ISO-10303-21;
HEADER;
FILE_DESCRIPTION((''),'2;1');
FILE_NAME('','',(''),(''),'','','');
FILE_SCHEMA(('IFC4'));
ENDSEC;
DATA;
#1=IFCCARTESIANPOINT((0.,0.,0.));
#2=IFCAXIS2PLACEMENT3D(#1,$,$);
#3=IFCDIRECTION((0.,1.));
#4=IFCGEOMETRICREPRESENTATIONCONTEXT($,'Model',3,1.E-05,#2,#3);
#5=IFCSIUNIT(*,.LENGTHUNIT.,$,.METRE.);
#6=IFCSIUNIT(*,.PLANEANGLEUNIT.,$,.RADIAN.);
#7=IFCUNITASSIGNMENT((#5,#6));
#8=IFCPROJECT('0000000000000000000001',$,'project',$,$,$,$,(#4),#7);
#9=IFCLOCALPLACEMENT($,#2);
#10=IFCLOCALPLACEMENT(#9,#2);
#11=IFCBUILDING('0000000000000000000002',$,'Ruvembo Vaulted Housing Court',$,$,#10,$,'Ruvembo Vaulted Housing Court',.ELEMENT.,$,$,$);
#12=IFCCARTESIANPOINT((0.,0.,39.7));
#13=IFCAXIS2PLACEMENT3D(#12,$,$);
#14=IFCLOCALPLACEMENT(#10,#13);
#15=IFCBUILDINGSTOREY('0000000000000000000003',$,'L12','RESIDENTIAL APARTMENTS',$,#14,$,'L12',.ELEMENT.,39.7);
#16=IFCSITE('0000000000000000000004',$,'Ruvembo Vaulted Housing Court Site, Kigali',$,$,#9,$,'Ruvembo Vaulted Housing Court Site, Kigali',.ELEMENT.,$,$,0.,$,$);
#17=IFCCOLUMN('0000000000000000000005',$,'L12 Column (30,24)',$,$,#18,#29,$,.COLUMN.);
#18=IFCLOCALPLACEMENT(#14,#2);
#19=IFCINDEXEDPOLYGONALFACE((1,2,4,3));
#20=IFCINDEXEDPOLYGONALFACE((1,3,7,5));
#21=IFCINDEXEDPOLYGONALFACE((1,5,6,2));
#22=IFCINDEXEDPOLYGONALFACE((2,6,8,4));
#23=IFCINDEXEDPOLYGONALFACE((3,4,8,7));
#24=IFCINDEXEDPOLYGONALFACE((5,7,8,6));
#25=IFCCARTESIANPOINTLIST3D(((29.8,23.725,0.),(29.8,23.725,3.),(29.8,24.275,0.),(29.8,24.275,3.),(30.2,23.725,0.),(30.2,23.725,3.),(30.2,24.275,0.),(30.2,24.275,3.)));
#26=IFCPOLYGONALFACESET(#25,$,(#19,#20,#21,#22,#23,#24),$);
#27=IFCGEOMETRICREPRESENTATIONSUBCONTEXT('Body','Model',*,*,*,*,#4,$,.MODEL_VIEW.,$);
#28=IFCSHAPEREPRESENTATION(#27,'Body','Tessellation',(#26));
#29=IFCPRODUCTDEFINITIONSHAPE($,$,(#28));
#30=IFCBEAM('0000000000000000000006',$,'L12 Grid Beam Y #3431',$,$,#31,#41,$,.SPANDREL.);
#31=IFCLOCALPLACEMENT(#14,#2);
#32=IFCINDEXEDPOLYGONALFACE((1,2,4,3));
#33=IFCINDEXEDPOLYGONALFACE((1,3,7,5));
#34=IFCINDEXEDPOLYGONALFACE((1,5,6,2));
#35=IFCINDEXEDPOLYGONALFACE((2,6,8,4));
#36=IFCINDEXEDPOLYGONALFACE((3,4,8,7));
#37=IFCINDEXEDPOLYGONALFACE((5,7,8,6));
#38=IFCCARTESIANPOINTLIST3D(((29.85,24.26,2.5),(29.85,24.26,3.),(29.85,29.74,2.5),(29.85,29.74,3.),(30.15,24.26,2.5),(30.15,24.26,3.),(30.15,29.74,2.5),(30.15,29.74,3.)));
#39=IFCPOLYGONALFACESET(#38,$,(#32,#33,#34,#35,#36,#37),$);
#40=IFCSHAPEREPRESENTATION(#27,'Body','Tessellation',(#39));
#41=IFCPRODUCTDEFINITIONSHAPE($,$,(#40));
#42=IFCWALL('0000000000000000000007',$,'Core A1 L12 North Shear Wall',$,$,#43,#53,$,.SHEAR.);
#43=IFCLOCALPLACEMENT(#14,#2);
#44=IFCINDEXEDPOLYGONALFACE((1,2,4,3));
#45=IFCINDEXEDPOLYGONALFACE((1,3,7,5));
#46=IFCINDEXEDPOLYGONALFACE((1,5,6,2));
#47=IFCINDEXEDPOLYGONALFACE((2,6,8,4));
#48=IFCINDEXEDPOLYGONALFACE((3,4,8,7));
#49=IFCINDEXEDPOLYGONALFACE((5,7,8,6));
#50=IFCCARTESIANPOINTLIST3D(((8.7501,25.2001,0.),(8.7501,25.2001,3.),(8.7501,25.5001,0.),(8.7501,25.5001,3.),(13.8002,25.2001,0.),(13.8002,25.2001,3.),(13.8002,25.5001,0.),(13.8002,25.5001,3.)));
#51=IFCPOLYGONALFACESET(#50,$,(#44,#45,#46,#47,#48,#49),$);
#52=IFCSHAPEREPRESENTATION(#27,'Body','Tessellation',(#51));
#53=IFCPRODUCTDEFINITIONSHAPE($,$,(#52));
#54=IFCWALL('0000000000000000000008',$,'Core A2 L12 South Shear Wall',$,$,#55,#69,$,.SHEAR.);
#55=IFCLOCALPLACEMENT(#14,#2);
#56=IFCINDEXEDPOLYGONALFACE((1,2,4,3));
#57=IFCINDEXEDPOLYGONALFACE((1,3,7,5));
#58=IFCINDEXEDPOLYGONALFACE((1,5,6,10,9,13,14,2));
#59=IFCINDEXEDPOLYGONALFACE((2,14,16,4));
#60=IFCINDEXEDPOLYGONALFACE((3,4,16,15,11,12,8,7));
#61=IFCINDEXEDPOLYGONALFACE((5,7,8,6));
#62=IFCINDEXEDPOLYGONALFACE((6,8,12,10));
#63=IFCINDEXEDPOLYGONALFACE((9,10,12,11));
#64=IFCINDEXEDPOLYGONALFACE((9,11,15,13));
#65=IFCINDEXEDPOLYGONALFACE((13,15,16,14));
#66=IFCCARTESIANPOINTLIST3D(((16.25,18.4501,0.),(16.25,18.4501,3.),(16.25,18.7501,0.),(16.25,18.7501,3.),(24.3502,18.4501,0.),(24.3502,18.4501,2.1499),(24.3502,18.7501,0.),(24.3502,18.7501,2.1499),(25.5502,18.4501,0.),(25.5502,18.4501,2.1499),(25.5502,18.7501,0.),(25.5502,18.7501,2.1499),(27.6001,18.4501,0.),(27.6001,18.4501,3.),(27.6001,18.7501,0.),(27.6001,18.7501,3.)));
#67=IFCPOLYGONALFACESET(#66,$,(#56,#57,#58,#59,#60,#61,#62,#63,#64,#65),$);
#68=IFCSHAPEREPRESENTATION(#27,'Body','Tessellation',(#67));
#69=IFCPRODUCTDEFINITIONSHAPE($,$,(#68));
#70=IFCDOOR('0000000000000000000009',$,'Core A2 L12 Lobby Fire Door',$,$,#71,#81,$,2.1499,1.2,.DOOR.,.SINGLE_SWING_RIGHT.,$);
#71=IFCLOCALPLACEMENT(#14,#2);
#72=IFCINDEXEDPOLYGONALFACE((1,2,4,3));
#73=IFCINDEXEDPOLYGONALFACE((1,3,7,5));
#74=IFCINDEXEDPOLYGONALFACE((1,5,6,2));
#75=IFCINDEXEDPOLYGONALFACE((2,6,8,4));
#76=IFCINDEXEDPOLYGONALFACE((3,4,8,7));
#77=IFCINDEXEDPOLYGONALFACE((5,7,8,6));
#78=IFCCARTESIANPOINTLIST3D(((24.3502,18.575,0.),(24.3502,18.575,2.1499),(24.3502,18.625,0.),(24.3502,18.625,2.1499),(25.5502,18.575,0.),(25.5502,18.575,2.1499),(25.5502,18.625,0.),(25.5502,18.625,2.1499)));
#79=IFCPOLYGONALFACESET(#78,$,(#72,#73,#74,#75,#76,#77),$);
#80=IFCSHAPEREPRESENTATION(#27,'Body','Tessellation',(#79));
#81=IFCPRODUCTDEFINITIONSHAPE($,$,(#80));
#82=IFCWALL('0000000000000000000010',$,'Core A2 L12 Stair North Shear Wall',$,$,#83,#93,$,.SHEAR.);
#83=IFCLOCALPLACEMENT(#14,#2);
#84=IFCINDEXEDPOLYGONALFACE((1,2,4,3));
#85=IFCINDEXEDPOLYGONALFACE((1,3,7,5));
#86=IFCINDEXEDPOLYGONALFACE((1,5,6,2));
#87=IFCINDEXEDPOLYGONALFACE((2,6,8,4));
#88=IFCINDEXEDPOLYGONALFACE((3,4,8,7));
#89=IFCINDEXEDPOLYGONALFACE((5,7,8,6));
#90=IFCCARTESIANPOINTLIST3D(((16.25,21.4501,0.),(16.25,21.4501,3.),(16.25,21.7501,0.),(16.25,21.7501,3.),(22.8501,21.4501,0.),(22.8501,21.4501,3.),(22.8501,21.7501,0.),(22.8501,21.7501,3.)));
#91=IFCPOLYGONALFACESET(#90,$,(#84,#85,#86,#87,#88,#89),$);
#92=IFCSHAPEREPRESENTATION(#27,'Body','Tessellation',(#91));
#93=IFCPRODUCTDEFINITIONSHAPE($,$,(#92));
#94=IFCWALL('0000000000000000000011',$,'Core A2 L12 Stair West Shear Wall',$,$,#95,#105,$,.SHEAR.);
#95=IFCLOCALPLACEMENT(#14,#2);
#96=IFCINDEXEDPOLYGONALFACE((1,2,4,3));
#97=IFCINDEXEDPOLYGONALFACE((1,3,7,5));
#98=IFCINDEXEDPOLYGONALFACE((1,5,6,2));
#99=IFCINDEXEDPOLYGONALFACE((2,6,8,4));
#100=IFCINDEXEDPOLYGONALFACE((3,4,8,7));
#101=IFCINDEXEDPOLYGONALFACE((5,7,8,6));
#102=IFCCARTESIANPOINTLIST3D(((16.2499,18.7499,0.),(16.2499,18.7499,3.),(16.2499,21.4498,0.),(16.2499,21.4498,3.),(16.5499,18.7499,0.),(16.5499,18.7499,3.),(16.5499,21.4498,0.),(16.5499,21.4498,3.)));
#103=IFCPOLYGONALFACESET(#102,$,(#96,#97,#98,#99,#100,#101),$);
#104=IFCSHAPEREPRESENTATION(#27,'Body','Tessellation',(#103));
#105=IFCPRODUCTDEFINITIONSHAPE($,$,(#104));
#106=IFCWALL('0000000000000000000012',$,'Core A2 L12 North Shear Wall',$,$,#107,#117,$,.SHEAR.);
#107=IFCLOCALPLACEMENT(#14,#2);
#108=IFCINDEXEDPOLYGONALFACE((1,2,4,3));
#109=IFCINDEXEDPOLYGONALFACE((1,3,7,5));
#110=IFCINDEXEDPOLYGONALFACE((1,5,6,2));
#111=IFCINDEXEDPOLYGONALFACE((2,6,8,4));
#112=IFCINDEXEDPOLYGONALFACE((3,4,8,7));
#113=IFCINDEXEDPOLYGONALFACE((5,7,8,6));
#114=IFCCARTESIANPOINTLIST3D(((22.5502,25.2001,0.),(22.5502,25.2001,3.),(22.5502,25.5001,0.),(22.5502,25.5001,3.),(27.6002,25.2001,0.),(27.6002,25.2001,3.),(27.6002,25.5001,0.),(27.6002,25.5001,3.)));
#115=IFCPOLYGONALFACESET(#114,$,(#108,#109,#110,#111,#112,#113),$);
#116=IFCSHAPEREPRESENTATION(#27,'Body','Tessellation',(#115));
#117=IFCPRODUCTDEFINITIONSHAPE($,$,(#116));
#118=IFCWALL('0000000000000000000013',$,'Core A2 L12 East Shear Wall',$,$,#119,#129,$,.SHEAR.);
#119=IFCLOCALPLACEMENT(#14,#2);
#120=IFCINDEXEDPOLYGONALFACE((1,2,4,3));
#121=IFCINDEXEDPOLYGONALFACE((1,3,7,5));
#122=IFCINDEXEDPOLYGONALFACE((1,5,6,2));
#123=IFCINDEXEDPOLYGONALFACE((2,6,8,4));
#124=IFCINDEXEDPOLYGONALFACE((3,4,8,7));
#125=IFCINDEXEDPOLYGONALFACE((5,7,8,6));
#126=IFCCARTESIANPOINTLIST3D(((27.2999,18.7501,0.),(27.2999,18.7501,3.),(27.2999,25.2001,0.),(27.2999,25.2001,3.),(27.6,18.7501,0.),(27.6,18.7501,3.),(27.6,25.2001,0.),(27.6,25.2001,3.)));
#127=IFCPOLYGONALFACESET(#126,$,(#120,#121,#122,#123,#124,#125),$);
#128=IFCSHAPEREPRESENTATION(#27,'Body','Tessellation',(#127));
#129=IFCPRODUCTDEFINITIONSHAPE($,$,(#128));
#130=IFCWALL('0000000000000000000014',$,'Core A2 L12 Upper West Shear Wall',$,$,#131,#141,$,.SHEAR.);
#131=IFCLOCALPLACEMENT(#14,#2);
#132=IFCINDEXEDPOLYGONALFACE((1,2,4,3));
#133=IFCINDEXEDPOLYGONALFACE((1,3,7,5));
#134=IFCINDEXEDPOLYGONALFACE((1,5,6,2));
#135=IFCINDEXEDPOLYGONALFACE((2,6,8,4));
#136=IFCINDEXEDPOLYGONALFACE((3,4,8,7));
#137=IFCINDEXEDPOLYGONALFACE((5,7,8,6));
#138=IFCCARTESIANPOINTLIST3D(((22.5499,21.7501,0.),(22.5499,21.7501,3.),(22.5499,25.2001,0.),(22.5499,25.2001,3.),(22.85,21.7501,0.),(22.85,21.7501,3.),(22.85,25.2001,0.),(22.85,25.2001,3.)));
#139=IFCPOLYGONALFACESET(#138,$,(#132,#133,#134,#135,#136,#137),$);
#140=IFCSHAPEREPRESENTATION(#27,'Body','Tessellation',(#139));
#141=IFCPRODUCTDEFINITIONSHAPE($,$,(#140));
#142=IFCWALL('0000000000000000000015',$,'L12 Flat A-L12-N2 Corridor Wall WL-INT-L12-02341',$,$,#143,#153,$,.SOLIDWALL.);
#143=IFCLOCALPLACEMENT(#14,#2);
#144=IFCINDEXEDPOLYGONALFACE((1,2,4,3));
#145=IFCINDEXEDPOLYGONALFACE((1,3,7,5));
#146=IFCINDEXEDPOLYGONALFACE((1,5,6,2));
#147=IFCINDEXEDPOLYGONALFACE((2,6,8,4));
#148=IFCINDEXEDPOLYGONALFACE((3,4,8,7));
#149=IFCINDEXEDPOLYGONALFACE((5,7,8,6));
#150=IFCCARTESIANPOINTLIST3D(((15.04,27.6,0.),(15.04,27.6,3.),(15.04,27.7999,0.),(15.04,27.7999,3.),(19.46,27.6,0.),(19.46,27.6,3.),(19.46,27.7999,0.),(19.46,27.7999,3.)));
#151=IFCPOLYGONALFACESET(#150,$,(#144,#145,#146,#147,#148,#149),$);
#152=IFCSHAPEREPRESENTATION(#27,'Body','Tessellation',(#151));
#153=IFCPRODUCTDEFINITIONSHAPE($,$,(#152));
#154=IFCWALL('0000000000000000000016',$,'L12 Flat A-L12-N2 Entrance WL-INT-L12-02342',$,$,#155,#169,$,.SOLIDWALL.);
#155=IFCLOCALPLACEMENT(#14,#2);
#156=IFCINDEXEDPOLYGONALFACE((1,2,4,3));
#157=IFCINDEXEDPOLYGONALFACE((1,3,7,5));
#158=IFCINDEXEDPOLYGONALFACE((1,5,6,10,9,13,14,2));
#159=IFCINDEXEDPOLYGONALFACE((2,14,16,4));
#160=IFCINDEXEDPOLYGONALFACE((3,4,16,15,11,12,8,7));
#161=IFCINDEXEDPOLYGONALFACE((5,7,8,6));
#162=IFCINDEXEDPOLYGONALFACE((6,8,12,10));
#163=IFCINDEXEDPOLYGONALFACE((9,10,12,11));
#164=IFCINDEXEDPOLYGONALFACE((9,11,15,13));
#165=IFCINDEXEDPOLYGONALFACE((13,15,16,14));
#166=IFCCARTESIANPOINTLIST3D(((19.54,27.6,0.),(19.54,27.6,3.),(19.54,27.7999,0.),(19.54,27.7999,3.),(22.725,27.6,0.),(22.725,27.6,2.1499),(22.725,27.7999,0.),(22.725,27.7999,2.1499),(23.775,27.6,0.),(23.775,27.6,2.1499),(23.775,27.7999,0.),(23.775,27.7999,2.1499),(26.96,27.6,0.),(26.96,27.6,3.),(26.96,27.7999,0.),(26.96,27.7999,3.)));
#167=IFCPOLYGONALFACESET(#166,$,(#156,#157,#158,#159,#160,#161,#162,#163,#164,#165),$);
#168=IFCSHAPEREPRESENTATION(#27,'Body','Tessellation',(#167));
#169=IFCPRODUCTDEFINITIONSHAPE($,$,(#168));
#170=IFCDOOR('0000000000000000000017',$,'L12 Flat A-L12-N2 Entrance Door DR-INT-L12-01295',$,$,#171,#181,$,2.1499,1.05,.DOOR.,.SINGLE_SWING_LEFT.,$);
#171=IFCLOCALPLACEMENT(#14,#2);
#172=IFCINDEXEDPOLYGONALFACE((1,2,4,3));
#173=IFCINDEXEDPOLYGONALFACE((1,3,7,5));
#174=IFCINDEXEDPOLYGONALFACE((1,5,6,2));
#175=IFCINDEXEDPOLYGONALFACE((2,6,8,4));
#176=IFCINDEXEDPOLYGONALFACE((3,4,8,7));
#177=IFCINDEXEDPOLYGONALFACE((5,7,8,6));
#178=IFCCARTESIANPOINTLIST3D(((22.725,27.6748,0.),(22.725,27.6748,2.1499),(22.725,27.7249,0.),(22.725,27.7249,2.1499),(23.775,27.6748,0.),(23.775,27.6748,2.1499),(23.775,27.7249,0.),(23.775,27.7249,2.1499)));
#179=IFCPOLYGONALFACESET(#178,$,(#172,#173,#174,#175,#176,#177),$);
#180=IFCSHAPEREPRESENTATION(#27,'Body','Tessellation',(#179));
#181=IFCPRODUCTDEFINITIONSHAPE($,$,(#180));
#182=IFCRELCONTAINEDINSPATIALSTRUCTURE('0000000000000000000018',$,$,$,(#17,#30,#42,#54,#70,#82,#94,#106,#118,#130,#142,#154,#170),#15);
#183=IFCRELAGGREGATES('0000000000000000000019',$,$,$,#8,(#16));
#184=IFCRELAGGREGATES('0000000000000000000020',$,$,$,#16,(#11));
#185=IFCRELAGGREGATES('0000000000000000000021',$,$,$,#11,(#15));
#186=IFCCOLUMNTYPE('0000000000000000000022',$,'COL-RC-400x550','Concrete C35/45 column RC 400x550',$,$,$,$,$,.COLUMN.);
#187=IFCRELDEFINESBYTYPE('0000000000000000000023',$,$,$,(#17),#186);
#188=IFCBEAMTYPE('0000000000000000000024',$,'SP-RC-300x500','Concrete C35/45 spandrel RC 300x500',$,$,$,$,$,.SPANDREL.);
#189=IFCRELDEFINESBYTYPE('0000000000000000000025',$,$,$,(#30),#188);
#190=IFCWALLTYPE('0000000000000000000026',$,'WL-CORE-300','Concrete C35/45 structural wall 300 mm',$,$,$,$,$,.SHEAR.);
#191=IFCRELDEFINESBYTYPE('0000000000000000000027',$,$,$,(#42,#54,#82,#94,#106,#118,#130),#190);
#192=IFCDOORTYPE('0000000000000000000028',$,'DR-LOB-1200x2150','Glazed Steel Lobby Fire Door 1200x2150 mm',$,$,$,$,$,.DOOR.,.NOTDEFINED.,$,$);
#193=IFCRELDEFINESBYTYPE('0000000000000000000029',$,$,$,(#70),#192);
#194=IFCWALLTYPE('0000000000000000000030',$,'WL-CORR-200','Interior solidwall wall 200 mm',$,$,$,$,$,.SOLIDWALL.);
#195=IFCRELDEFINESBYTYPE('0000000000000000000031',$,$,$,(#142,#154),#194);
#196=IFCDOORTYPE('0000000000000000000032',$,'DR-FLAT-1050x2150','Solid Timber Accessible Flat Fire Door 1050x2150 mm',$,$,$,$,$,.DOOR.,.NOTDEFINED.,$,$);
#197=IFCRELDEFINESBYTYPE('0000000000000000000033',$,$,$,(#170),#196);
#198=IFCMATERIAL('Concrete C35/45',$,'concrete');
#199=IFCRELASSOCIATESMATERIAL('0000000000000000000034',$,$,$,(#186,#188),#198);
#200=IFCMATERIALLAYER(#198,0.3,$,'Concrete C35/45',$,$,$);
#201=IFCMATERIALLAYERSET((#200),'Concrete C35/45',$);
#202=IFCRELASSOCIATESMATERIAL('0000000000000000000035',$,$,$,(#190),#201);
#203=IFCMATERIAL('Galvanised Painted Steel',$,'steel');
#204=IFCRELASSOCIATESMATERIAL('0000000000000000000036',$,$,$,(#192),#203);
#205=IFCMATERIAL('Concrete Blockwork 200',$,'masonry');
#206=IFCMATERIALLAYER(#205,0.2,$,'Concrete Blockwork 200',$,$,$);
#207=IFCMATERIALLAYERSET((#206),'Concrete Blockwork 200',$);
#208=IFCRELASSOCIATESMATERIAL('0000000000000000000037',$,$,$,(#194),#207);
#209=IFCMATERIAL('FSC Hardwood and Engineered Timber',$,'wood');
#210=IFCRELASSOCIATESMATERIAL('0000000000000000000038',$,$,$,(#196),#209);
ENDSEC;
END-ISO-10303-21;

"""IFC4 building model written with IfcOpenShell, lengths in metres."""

from ifc_helpers import new_model, si_unit, direction, frame, frame_2d, origin, origin_2d, place, context, subcontext, project, spatial, rectangle, extrude, material, layer, layer_set, material_profile, profile_set, type_object, element, fill, save


model = new_model("IFC4")

# Units and contexts
model_context = context("Model", 3, precision=1e-05, world=origin(), true_north=direction((0.0, 1.0)))
body_context = subcontext(model_context, "Body", "Model", "MODEL_VIEW")
ifc_project = project(units=[si_unit("LENGTHUNIT", "METRE"), si_unit("PLANEANGLEUNIT", "RADIAN")], contexts=[model_context])

# Site, building, storey
site_placement = place(None, origin())
site = spatial("IfcSite", under=ifc_project, at=site_placement, Name="Ruvembo Vaulted Housing Court Site, Kigali", LongName="Ruvembo Vaulted Housing Court Site, Kigali", CompositionType="ELEMENT", RefElevation=0.0)
building_placement = place(site_placement, origin())
building = spatial("IfcBuilding", under=site, at=building_placement, Name="Ruvembo Vaulted Housing Court", LongName="Ruvembo Vaulted Housing Court", CompositionType="ELEMENT")
storey_placement = place(building_placement, frame((0.0, 0.0, 39.7)))
storey = spatial("IfcBuildingStorey", under=building, at=storey_placement, Name="L12", Description="RESIDENTIAL APARTMENTS", LongName="L12", CompositionType="ELEMENT", Elevation=39.7)

# Column
ifc_material_1 = material(Name="Concrete C35/45", Category="concrete")
ifc_material_profile_1 = material_profile(ifc_material_1, rectangle(XDim=0.3999, YDim=0.55, at=origin_2d()), Name="RC 400x550")
ifc_profile_set_1 = profile_set([ifc_material_profile_1], Name="Concrete C35/45")
column_type = type_object("IfcColumnType", Name="COL-RC-400x550", Description="Concrete C35/45 column RC 400x550", PredefinedType="COLUMN", material=ifc_profile_set_1)
column_placement = place(storey_placement, frame((30.0, 24.0, 0.0), z_axis=(0.0, 0.0, 1.0), x_axis=(1.0, 0.0, 0.0)))
element("IfcColumn", 1, at=column_placement, inside=storey, type_object=column_type, Name="L12 Column (30,24)", PredefinedType="COLUMN", context=body_context, shape_type="SweptSolid", body=[
    extrude(rectangle(XDim=0.3999, YDim=0.55, at=origin_2d()), origin(), (0.0, 0.0, 1.0), 3.0),
])

# Beam
ifc_material_profile_2 = material_profile(ifc_material_1, rectangle(XDim=0.3, YDim=0.5, at=origin_2d()), Name="RC 300x500")
ifc_profile_set_2 = profile_set([ifc_material_profile_2], Name="Concrete C35/45")
beam_type = type_object("IfcBeamType", Name="SP-RC-300x500", Description="Concrete C35/45 spandrel RC 300x500", PredefinedType="SPANDREL", material=ifc_profile_set_2)
beam_placement = place(storey_placement, frame((30.0, 24.26, 2.75), z_axis=(0.0, 1.0, 0.0), x_axis=(-1.0, 0.0, 0.0)))
element("IfcBeam", 2, at=beam_placement, inside=storey, type_object=beam_type, Name="L12 Grid Beam Y #3431", PredefinedType="SPANDREL", context=body_context, shape_type="SweptSolid", body=[
    extrude(rectangle(XDim=0.3, YDim=0.5, at=origin_2d()), origin(), (0.0, 0.0, 1.0), 5.48),
])

# Wall
ifc_layer_1 = layer(ifc_material_1, 0.3, Name="Concrete C35/45")
ifc_layer_set_1 = layer_set([ifc_layer_1], Name="Concrete C35/45")
wall_type_1 = type_object("IfcWallType", Name="WL-CORE-300", Description="Concrete C35/45 structural wall 300 mm", PredefinedType="SHEAR", material=ifc_layer_set_1)
wall_1_placement = place(storey_placement, frame((13.8, 25.3501, 0.0), z_axis=(0.0, 0.0, 1.0), x_axis=(-1.0, 0.0, 0.0)))
element("IfcWall", 3, at=wall_1_placement, inside=storey, type_object=wall_type_1, Name="Core A1 L12 North Shear Wall", PredefinedType="SHEAR", context=body_context, shape_type="SweptSolid", body=[
    extrude(rectangle(XDim=5.05, YDim=0.3, at=frame_2d((2.5249, 0.0))), origin(), (0.0, 0.0, 1.0), 3.0),
])

# Wall, opening, door
wall_2_placement = place(storey_placement, frame((16.25, 18.6001, 0.0), z_axis=(0.0, 0.0, 1.0), x_axis=(1.0, 0.0, 0.0)))
wall_2 = element("IfcWall", 4, at=wall_2_placement, inside=storey, type_object=wall_type_1, Name="Core A2 L12 South Shear Wall", PredefinedType="SHEAR", context=body_context, shape_type="SweptSolid", body=[
    extrude(rectangle(XDim=11.3501, YDim=0.3, at=frame_2d((5.675, 0.0))), origin(), (0.0, 0.0, 1.0), 3.0),
])
opening_1_placement = place(wall_2_placement, frame((8.1001, 0.0, 0.0)))
opening_1 = element("IfcOpeningElement", 5, at=opening_1_placement, cuts=wall_2, PredefinedType="OPENING", context=body_context, shape_type="SweptSolid", body=[
    extrude(rectangle(XDim=1.2, YDim=2.1499, at=frame_2d((0.6001, 1.075))), frame((0.0, 0.1599, 0.0), z_axis=(0.0, -1.0, 0.0), x_axis=(1.0, 0.0, 0.0)), (0.0, 0.0, 1.0), 0.3201),
])
ifc_material_2 = material(Name="Galvanised Painted Steel", Category="steel")
door_type_1 = type_object("IfcDoorType", Name="DR-LOB-1200x2150", Description="Glazed Steel Lobby Fire Door 1200x2150 mm", OperationType="NOTDEFINED", PredefinedType="DOOR", material=ifc_material_2)
door_1_placement = place(opening_1_placement, origin())
door_1 = element("IfcDoor", 6, at=door_1_placement, inside=storey, type_object=door_type_1, Name="Core A2 L12 Lobby Fire Door", OperationType="SINGLE_SWING_RIGHT", OverallHeight=2.1499, OverallWidth=1.2, PredefinedType="DOOR", context=body_context, shape_type="SweptSolid", body=[
    extrude(rectangle(XDim=1.2, YDim=2.1499, at=frame_2d((0.6001, 1.075))), frame((0.0, 0.0249, 0.0), z_axis=(0.0, -1.0, 0.0), x_axis=(1.0, 0.0, 0.0)), (0.0, 0.0, 1.0), 0.05),
])
fill(opening_1, door_1)

# Walls
wall_3_placement = place(storey_placement, frame((22.8501, 21.6001, 0.0), z_axis=(0.0, 0.0, 1.0), x_axis=(-1.0, 0.0, 0.0)))
element("IfcWall", 7, at=wall_3_placement, inside=storey, type_object=wall_type_1, Name="Core A2 L12 Stair North Shear Wall", PredefinedType="SHEAR", context=body_context, shape_type="SweptSolid", body=[
    extrude(rectangle(XDim=6.6001, YDim=0.3, at=frame_2d((3.3, 0.0))), origin(), (0.0, 0.0, 1.0), 3.0),
])
wall_4_placement = place(storey_placement, frame((16.3999, 21.45, 0.0), z_axis=(0.0, 0.0, 1.0), x_axis=(0.0, -1.0, 0.0)))
element("IfcWall", 8, at=wall_4_placement, inside=storey, type_object=wall_type_1, Name="Core A2 L12 Stair West Shear Wall", PredefinedType="SHEAR", context=body_context, shape_type="SweptSolid", body=[
    extrude(rectangle(XDim=2.7, YDim=0.3, at=frame_2d((1.3501, 0.0))), origin(), (0.0, 0.0, 1.0), 3.0),
])

# Walls
wall_5_placement = place(storey_placement, frame((27.6001, 25.3501, 0.0), z_axis=(0.0, 0.0, 1.0), x_axis=(-1.0, 0.0, 0.0)))
element("IfcWall", 9, at=wall_5_placement, inside=storey, type_object=wall_type_1, Name="Core A2 L12 North Shear Wall", PredefinedType="SHEAR", context=body_context, shape_type="SweptSolid", body=[
    extrude(rectangle(XDim=5.05, YDim=0.3, at=frame_2d((2.5249, 0.0))), origin(), (0.0, 0.0, 1.0), 3.0),
])
wall_6_placement = place(storey_placement, frame((27.45, 18.75, 0.0), z_axis=(0.0, 0.0, 1.0), x_axis=(0.0, 1.0, 0.0)))
element("IfcWall", 10, at=wall_6_placement, inside=storey, type_object=wall_type_1, Name="Core A2 L12 East Shear Wall", PredefinedType="SHEAR", context=body_context, shape_type="SweptSolid", body=[
    extrude(rectangle(XDim=6.45, YDim=0.3, at=frame_2d((3.2251, 0.0))), origin(), (0.0, 0.0, 1.0), 3.0),
])
wall_7_placement = place(storey_placement, frame((22.7, 21.75, 0.0), z_axis=(0.0, 0.0, 1.0), x_axis=(0.0, 1.0, 0.0)))
element("IfcWall", 11, at=wall_7_placement, inside=storey, type_object=wall_type_1, Name="Core A2 L12 Upper West Shear Wall", PredefinedType="SHEAR", context=body_context, shape_type="SweptSolid", body=[
    extrude(rectangle(XDim=3.45, YDim=0.3, at=frame_2d((1.7251, 0.0))), origin(), (0.0, 0.0, 1.0), 3.0),
])
ifc_material_3 = material(Name="Concrete Blockwork 200", Category="masonry")
ifc_layer_2 = layer(ifc_material_3, 0.2, Name="Concrete Blockwork 200")
ifc_layer_set_2 = layer_set([ifc_layer_2], Name="Concrete Blockwork 200")
wall_type_2 = type_object("IfcWallType", Name="WL-CORR-200", Description="Interior solidwall wall 200 mm", PredefinedType="SOLIDWALL", material=ifc_layer_set_2)
wall_8_placement = place(storey_placement, frame((15.04, 27.7, 0.0), z_axis=(0.0, 0.0, 1.0), x_axis=(1.0, 0.0, 0.0)))
element("IfcWall", 12, at=wall_8_placement, inside=storey, type_object=wall_type_2, Name="L12 Flat A-L12-N2 Corridor Wall WL-INT-L12-02341", PredefinedType="SOLIDWALL", context=body_context, shape_type="SweptSolid", body=[
    extrude(rectangle(XDim=4.4199, YDim=0.2, at=frame_2d((2.21, 0.0))), origin(), (0.0, 0.0, 1.0), 3.0),
])

# Wall, opening, door
wall_9_placement = place(storey_placement, frame((19.54, 27.7, 0.0), z_axis=(0.0, 0.0, 1.0), x_axis=(1.0, 0.0, 0.0)))
wall_9 = element("IfcWall", 13, at=wall_9_placement, inside=storey, type_object=wall_type_2, Name="L12 Flat A-L12-N2 Entrance WL-INT-L12-02342", PredefinedType="SOLIDWALL", context=body_context, shape_type="SweptSolid", body=[
    extrude(rectangle(XDim=7.4199, YDim=0.2, at=frame_2d((3.71, 0.0))), origin(), (0.0, 0.0, 1.0), 3.0),
])
opening_2_placement = place(wall_9_placement, frame((3.1851, 0.0, 0.0)))
opening_2 = element("IfcOpeningElement", 14, at=opening_2_placement, cuts=wall_9, PredefinedType="OPENING", context=body_context, shape_type="SweptSolid", body=[
    extrude(rectangle(XDim=1.05, YDim=2.1499, at=frame_2d((0.5249, 1.075))), frame((0.0, 0.1099, 0.0), z_axis=(0.0, -1.0, 0.0), x_axis=(1.0, 0.0, 0.0)), (0.0, 0.0, 1.0), 0.22),
])
ifc_material_4 = material(Name="FSC Hardwood and Engineered Timber", Category="wood")
door_type_2 = type_object("IfcDoorType", Name="DR-FLAT-1050x2150", Description="Solid Timber Accessible Flat Fire Door 1050x2150 mm", OperationType="NOTDEFINED", PredefinedType="DOOR", material=ifc_material_4)
door_2_placement = place(opening_2_placement, origin())
door_2 = element("IfcDoor", 15, at=door_2_placement, inside=storey, type_object=door_type_2, Name="L12 Flat A-L12-N2 Entrance Door DR-INT-L12-01295", OperationType="SINGLE_SWING_LEFT", OverallHeight=2.1499, OverallWidth=1.05, PredefinedType="DOOR", context=body_context, shape_type="SweptSolid", body=[
    extrude(rectangle(XDim=1.05, YDim=2.1499, at=frame_2d((0.5249, 1.075))), frame((0.0, 0.0249, 0.0), z_axis=(0.0, -1.0, 0.0), x_axis=(1.0, 0.0, 0.0)), (0.0, 0.0, 1.0), 0.05),
])
fill(opening_2, door_2)

save(model, "model.ifc")
